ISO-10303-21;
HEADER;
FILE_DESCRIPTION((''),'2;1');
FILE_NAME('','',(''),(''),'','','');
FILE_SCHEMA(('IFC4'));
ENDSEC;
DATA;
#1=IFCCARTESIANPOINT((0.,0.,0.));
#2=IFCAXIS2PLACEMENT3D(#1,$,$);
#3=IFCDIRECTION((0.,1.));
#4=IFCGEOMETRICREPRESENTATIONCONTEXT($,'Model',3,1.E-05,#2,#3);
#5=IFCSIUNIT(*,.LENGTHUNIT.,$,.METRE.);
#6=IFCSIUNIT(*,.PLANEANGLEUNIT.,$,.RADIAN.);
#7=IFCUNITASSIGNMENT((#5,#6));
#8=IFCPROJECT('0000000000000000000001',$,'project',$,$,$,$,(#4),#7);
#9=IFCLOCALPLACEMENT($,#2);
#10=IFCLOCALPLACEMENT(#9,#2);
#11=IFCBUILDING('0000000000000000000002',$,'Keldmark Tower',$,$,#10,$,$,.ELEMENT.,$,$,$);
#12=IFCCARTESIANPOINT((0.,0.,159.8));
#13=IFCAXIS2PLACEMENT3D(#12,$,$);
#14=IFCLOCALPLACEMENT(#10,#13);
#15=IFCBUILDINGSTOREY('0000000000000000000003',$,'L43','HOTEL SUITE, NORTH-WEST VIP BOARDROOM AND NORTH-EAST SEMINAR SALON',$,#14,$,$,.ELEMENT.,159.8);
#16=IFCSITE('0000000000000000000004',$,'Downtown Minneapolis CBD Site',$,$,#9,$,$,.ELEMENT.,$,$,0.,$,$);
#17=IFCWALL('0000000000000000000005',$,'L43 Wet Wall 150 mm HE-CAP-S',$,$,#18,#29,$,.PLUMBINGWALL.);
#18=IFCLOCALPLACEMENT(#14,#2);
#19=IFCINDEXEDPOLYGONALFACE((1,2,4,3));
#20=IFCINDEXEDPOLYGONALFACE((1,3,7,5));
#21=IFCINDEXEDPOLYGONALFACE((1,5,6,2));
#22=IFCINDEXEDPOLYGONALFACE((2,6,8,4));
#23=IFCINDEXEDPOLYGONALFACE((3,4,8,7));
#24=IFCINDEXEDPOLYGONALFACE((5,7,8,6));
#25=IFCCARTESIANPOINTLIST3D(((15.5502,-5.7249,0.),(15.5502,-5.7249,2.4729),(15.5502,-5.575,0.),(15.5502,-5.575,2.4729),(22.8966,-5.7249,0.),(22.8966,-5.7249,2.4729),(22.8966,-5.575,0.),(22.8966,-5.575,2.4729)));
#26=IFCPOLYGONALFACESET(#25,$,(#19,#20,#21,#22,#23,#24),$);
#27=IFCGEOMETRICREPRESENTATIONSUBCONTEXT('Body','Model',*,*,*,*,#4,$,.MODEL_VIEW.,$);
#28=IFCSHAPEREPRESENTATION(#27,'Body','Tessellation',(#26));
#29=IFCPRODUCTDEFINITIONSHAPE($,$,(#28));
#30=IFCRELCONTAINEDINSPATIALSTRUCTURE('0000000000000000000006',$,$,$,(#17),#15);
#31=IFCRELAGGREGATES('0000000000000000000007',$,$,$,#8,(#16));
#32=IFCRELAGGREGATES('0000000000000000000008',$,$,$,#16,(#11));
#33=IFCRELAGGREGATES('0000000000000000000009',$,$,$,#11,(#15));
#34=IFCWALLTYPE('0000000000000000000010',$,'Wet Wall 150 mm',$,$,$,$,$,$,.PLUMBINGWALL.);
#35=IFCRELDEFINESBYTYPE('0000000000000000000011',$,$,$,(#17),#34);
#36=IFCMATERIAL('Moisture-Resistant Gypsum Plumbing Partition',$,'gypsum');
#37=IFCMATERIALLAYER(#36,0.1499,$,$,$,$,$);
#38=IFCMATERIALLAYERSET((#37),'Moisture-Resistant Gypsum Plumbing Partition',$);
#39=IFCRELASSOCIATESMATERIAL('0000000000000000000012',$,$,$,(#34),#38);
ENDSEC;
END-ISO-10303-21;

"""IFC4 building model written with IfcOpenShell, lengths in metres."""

from ifc_helpers import new_model, si_unit, direction, frame, frame_2d, origin, place, context, subcontext, project, spatial, rectangle, extrude, material, layer, layer_set, type_object, element, save


model = new_model("IFC4")

# Units and contexts
model_context = context("Model", 3, precision=1e-05, world=origin(), true_north=direction((0.0, 1.0)))
body_context = subcontext(model_context, "Body", "Model", "MODEL_VIEW")
ifc_project = project(units=[si_unit("LENGTHUNIT", "METRE"), si_unit("PLANEANGLEUNIT", "RADIAN")], contexts=[model_context])

# Site, building, storey
site_placement = place(None, origin())
site = spatial("IfcSite", under=ifc_project, at=site_placement, Name="Downtown Minneapolis CBD Site", CompositionType="ELEMENT", RefElevation=0.0)
building_placement = place(site_placement, origin())
building = spatial("IfcBuilding", under=site, at=building_placement, Name="Keldmark Tower", CompositionType="ELEMENT")
storey_placement = place(building_placement, frame((0.0, 0.0, 159.8)))
storey = spatial("IfcBuildingStorey", under=building, at=storey_placement, Name="L43", Description="HOTEL SUITE, NORTH-WEST VIP BOARDROOM AND NORTH-EAST SEMINAR SALON", CompositionType="ELEMENT", Elevation=159.8)

# Wall
ifc_material_1 = material(Name="Moisture-Resistant Gypsum Plumbing Partition", Category="gypsum")
ifc_layer_1 = layer(ifc_material_1, 0.1499)
ifc_layer_set_1 = layer_set([ifc_layer_1], Name="Moisture-Resistant Gypsum Plumbing Partition")
wall_type_1 = type_object("IfcWallType", Name="Wet Wall 150 mm", PredefinedType="PLUMBINGWALL", material=ifc_layer_set_1)
wall_1_placement = place(storey_placement, frame((15.55, -5.6499, 0.0), z_axis=(0.0, 0.0, 1.0), x_axis=(1.0, 0.0, 0.0)))
element("IfcWall", 1, at=wall_1_placement, inside=storey, type_object=wall_type_1, Name="L43 Wet Wall 150 mm HE-CAP-S", PredefinedType="PLUMBINGWALL", context=body_context, shape_type="SweptSolid", body=[
    extrude(rectangle(XDim=7.3464, YDim=0.1499, at=frame_2d((3.6733, 0.0))), origin(), (0.0, 0.0, 1.0), 2.4729),
])

save(model, "model.ifc")
